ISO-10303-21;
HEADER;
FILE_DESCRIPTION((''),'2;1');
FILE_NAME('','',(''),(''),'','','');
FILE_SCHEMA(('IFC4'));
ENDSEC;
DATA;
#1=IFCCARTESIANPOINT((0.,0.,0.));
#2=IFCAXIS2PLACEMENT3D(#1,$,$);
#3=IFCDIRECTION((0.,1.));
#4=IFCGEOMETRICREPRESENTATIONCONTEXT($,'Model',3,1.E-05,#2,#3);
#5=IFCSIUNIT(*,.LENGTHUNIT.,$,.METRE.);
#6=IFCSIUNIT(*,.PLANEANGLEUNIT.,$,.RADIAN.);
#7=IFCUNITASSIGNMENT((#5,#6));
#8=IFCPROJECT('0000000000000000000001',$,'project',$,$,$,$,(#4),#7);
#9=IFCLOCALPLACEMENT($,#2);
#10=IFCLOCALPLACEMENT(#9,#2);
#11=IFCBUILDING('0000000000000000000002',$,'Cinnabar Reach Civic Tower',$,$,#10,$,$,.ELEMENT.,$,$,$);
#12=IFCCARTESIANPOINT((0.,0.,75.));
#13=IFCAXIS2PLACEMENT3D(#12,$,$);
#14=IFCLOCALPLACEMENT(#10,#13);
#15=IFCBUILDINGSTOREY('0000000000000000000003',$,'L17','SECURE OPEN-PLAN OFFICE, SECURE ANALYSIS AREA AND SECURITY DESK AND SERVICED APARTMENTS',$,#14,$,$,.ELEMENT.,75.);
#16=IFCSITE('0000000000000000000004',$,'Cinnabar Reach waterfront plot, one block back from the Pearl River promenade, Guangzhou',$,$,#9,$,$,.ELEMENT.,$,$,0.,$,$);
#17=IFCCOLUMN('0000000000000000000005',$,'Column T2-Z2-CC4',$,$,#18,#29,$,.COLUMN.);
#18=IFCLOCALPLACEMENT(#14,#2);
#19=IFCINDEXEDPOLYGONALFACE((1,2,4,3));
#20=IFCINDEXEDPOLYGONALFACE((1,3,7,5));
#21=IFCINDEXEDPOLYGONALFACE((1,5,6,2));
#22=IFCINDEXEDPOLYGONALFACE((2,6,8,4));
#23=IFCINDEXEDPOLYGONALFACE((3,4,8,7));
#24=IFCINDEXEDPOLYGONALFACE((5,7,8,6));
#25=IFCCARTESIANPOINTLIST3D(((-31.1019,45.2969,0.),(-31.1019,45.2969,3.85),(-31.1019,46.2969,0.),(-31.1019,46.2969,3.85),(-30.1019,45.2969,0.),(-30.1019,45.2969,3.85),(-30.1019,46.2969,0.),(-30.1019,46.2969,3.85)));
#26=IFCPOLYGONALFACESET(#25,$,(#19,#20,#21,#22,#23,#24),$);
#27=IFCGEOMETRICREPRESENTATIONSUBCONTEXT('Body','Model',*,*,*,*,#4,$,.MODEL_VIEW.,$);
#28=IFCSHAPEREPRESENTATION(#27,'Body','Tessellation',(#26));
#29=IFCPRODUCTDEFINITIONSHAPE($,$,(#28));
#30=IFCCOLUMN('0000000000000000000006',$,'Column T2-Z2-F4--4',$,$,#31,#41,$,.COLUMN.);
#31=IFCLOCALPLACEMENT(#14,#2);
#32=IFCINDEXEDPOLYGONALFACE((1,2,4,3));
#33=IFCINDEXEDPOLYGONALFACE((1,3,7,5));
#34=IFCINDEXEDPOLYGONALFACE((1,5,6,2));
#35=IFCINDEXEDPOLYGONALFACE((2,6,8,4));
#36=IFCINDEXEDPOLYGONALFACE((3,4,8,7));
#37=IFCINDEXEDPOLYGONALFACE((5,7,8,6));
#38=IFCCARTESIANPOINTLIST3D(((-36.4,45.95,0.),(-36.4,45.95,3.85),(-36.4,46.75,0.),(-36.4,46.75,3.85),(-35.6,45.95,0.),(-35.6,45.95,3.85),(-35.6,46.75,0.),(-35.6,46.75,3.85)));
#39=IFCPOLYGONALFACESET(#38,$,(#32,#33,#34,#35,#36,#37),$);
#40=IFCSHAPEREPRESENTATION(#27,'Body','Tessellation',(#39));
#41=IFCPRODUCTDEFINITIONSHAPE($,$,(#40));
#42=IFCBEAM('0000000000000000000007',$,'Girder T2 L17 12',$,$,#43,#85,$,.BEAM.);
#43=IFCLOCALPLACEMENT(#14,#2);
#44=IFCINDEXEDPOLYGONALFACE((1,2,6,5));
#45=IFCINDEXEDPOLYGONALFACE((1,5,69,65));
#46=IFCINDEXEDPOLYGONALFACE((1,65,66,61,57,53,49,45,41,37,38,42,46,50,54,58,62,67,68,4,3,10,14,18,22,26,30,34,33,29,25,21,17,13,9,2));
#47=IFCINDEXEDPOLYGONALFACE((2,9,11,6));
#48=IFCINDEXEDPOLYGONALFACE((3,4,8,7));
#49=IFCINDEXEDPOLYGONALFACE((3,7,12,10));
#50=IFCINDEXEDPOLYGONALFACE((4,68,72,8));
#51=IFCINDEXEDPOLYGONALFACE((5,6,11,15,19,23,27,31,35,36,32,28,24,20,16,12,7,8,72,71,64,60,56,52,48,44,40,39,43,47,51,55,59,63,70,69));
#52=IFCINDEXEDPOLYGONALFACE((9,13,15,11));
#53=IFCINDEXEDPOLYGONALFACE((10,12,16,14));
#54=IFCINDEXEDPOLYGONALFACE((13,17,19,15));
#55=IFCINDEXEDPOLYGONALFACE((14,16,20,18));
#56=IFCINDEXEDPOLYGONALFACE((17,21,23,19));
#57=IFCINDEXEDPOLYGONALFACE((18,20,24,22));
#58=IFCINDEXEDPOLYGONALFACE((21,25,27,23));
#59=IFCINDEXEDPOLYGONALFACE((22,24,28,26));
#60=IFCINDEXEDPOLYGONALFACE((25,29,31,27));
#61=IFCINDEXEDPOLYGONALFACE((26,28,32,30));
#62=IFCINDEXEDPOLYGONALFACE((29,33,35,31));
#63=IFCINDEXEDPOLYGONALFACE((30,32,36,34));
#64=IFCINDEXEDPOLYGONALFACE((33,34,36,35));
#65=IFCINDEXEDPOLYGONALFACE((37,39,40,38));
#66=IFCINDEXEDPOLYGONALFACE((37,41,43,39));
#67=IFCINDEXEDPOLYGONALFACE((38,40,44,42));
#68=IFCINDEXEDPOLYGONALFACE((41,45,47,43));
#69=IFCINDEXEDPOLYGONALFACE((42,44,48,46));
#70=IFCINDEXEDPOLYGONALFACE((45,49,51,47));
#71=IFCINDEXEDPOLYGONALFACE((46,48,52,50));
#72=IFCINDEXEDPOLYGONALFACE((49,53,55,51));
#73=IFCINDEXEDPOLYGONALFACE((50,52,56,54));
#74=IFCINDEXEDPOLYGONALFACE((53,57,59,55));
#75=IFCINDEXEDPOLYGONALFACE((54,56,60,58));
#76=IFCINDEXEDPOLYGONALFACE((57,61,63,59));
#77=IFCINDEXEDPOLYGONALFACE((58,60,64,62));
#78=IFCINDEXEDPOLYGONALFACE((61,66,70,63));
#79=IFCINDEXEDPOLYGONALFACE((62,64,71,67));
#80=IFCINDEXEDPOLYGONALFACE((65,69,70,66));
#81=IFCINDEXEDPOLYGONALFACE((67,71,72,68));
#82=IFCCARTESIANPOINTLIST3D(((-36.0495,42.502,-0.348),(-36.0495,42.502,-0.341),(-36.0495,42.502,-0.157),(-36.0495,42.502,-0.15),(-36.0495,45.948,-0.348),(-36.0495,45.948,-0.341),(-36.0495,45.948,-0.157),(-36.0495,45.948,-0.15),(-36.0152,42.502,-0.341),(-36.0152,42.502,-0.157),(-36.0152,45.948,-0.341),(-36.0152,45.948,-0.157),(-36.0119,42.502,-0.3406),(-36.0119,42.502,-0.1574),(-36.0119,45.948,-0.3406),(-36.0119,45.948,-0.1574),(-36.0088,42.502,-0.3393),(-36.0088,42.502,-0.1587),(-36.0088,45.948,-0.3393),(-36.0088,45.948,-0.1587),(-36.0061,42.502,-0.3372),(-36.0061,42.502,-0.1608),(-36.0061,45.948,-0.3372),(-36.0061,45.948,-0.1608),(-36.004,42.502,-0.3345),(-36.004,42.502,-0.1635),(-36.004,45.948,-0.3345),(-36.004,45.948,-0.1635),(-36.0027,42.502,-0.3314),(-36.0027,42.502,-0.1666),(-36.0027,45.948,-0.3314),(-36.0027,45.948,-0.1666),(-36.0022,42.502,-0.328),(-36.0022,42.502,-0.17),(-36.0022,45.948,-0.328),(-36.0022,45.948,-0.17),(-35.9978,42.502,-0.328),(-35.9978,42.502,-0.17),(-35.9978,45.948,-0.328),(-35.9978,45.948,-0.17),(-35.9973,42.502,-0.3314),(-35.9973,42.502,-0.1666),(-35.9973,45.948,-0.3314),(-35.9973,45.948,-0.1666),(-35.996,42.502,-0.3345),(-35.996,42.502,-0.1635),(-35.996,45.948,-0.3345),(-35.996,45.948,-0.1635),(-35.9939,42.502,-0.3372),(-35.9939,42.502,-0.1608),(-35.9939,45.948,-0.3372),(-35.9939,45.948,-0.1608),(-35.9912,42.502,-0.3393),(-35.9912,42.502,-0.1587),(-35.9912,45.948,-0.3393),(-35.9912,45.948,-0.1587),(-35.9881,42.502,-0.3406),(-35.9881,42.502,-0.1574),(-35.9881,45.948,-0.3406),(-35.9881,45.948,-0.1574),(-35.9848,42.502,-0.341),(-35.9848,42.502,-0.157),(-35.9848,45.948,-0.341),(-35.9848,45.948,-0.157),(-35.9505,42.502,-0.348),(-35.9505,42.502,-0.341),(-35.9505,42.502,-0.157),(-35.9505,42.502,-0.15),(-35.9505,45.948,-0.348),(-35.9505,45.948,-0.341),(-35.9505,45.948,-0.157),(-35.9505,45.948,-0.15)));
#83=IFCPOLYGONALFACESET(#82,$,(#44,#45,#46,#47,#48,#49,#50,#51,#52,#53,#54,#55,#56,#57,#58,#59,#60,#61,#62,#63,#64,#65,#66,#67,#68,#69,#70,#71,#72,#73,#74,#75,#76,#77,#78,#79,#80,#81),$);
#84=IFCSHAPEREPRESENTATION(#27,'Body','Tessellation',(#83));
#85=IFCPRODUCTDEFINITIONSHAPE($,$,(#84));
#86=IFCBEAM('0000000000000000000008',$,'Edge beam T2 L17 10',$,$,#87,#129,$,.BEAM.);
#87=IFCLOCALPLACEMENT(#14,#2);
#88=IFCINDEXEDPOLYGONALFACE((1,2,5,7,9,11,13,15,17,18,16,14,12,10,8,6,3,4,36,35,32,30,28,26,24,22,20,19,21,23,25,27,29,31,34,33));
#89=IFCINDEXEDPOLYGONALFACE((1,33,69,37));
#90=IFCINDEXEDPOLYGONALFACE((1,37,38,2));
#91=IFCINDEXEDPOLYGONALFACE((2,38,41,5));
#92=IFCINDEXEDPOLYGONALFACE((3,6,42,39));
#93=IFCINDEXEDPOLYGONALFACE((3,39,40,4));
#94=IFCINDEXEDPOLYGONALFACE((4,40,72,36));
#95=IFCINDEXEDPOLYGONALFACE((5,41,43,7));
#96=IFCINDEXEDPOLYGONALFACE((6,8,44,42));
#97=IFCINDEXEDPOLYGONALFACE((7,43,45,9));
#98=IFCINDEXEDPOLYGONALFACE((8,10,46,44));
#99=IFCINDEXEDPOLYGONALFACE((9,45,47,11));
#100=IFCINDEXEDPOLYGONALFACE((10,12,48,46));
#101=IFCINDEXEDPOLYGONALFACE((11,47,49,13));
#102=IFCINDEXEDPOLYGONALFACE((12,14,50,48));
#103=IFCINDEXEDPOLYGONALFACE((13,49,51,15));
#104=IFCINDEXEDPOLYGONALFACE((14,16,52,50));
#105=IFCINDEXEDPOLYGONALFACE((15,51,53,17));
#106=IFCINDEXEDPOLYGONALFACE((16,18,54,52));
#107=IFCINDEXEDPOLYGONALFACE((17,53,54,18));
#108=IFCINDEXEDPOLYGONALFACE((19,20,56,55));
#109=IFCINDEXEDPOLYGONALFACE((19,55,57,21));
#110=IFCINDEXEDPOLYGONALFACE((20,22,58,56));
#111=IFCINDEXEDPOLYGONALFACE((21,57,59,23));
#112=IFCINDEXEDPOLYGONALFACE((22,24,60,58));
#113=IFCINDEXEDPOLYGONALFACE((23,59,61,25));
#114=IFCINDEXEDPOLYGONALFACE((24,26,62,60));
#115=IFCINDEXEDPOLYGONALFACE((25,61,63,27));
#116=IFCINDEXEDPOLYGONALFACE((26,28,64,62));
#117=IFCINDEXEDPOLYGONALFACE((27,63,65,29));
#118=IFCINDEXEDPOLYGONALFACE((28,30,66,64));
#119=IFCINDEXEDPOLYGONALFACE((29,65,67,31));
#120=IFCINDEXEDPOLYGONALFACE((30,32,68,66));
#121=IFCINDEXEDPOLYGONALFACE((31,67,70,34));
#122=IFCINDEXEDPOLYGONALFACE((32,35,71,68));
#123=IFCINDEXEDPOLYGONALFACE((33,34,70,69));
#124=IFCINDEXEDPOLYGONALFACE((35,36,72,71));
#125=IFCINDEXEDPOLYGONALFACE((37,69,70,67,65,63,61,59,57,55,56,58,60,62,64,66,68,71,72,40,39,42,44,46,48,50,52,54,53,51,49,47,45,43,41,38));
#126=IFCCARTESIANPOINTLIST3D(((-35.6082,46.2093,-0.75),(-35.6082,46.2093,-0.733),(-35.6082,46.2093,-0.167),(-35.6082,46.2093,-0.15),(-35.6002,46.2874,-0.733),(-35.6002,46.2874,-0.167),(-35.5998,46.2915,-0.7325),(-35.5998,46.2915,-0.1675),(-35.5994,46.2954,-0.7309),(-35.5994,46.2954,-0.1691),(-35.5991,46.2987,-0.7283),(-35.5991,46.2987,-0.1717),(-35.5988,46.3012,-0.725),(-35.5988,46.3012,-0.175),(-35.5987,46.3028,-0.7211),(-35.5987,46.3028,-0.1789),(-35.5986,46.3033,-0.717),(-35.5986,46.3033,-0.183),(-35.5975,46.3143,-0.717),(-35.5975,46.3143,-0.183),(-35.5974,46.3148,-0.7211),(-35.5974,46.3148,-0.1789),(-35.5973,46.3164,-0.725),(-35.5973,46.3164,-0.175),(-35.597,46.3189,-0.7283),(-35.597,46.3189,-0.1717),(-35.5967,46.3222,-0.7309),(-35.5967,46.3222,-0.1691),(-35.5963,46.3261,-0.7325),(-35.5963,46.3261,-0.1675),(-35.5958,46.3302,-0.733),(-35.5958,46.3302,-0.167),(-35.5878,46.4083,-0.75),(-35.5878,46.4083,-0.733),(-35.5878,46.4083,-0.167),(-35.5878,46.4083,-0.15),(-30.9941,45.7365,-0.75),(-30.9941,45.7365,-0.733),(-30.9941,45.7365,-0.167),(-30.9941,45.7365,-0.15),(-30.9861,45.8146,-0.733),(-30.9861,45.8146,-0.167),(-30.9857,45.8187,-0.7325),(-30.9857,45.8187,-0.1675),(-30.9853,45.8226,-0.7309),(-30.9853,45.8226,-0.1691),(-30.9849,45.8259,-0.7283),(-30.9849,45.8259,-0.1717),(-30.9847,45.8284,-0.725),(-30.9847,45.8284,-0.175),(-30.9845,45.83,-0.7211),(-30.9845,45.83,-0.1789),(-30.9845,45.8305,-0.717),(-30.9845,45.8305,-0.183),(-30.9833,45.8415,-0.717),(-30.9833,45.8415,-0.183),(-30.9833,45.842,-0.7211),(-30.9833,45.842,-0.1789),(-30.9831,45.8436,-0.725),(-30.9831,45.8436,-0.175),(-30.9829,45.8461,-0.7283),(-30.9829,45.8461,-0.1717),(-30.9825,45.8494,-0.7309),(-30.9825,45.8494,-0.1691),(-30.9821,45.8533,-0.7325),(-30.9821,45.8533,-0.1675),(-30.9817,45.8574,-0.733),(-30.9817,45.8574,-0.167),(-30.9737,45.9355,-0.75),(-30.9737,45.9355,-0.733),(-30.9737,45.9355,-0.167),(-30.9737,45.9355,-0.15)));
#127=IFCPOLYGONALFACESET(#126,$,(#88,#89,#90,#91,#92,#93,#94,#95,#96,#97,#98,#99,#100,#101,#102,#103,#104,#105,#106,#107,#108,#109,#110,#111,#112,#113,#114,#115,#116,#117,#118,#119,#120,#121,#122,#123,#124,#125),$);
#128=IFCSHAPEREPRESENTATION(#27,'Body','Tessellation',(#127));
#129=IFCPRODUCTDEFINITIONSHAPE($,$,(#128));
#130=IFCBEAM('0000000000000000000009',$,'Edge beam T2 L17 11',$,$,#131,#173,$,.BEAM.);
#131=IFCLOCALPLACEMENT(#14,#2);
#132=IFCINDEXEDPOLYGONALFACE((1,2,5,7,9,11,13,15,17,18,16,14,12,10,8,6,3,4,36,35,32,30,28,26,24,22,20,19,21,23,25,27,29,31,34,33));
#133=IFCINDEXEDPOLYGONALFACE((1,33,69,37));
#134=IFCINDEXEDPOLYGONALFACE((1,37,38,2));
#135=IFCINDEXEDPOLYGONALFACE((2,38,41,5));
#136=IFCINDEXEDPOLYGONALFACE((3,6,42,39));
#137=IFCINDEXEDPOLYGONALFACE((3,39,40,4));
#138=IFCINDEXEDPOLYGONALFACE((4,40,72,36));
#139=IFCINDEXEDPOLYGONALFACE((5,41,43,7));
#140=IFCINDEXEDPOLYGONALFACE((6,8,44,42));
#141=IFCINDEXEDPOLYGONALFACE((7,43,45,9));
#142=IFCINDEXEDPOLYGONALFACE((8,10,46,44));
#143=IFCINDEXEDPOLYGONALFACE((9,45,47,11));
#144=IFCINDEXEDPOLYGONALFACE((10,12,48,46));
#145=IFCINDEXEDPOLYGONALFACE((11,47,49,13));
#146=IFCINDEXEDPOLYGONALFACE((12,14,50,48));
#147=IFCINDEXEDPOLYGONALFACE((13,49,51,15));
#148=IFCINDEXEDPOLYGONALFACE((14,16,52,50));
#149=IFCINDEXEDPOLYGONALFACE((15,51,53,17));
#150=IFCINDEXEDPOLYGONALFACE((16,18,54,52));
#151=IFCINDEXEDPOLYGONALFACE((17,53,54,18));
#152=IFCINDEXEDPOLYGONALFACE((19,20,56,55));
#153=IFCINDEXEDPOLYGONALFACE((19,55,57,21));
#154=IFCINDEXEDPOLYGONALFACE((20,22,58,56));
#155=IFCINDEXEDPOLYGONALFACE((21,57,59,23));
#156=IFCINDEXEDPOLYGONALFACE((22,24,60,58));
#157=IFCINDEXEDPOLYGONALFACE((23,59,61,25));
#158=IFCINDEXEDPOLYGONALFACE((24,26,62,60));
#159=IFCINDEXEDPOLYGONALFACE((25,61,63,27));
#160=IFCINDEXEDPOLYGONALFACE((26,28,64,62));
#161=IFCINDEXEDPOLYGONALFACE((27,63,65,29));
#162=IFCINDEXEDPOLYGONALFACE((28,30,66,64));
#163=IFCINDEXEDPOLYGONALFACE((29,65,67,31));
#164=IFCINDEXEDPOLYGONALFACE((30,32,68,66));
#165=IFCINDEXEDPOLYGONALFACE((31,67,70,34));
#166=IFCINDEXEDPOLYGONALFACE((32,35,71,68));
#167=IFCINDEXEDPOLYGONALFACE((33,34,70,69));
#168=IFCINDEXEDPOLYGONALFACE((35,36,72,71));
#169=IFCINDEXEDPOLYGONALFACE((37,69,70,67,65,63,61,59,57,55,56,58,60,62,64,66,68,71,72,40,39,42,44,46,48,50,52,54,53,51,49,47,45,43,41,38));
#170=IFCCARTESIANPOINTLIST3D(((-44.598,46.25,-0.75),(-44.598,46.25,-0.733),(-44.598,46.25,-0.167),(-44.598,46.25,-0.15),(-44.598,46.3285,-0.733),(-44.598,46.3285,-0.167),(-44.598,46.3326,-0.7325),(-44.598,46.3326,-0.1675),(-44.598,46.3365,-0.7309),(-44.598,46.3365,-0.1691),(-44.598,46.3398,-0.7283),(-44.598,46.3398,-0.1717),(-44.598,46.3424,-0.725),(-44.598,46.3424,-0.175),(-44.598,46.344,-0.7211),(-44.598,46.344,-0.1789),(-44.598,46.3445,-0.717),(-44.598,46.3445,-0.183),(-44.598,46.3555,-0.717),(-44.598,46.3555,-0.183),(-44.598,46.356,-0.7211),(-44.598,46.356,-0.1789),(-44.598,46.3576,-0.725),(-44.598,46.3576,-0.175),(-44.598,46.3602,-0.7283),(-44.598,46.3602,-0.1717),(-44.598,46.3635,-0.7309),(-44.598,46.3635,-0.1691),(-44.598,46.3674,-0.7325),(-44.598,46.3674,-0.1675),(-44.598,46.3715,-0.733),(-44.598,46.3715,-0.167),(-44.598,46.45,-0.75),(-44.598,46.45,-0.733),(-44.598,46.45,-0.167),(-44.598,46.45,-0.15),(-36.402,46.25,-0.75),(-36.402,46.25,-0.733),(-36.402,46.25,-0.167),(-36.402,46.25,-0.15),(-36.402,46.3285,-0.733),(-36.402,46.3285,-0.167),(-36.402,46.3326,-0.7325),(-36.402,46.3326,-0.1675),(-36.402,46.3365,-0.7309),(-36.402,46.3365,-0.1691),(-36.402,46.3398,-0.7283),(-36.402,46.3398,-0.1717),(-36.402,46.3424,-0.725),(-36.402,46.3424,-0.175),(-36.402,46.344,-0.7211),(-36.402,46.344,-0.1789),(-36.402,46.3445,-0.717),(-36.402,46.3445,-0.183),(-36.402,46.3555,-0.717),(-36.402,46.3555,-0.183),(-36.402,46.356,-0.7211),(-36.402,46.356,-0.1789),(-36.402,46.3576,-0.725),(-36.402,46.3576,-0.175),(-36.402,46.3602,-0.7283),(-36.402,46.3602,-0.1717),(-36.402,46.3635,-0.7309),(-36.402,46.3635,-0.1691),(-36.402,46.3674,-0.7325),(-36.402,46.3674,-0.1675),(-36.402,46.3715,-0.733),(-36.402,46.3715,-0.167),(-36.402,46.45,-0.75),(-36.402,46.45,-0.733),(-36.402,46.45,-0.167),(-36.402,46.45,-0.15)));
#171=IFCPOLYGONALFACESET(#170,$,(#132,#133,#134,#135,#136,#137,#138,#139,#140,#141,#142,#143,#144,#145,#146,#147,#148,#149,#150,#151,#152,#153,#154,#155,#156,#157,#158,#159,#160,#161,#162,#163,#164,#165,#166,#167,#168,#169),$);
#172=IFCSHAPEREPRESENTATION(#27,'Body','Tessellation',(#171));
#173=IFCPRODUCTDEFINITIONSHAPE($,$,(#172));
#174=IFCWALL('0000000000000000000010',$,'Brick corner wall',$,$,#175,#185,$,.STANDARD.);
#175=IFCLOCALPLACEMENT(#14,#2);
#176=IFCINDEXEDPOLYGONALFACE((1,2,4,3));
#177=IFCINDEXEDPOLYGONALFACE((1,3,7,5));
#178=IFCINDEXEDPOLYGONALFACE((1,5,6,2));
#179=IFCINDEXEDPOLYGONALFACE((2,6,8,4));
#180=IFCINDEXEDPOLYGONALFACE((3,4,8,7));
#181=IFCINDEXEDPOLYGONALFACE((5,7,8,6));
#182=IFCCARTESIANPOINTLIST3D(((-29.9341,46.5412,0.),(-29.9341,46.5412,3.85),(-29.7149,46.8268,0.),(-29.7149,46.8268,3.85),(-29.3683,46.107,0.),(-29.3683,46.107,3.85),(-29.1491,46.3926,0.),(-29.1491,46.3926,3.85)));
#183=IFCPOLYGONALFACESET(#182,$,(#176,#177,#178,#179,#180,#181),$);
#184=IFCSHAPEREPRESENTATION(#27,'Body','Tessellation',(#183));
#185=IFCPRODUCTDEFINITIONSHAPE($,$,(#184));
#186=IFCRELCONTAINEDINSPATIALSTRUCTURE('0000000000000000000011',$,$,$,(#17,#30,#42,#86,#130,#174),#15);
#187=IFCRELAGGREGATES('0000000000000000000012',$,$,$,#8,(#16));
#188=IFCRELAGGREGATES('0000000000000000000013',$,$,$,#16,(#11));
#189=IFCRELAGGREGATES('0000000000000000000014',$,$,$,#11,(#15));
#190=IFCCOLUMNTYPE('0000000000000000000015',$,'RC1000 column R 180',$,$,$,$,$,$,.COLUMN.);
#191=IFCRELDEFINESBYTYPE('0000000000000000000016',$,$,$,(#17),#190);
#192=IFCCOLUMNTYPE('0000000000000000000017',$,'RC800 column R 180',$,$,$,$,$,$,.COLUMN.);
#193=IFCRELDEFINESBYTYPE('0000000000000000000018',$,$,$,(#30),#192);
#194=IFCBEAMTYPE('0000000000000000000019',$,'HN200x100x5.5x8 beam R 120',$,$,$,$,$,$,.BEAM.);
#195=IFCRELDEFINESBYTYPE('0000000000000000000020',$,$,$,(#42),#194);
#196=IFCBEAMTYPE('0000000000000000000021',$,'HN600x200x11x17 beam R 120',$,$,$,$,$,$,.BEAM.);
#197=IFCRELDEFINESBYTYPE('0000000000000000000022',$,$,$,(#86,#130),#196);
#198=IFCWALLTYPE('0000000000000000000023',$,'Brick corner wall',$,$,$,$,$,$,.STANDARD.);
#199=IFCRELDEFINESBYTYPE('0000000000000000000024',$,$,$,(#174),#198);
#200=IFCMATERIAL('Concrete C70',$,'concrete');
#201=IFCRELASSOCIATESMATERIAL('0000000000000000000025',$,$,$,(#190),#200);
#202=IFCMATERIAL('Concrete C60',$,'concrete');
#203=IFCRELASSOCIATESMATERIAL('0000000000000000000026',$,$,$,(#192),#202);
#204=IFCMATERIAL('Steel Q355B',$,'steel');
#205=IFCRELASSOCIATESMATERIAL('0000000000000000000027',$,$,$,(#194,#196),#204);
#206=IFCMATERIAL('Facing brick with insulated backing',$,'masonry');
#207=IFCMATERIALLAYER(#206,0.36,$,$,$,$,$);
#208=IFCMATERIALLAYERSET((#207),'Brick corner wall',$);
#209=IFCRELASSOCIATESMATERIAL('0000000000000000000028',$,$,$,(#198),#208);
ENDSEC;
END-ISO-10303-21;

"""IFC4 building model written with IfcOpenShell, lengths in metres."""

from ifc_helpers import new_model, si_unit, direction, frame, frame_2d, origin, origin_2d, place, context, subcontext, project, spatial, rectangle, i_section, extrude, material, layer, layer_set, material_profile, profile_set, type_object, element, save


model = new_model("IFC4")

# Units and contexts
model_context = context("Model", 3, precision=1e-05, world=origin(), true_north=direction((0.0, 1.0)))
body_context = subcontext(model_context, "Body", "Model", "MODEL_VIEW")
ifc_project = project(units=[si_unit("LENGTHUNIT", "METRE"), si_unit("PLANEANGLEUNIT", "RADIAN")], contexts=[model_context])

# Site, building, storey
site_placement = place(None, origin())
site = spatial("IfcSite", under=ifc_project, at=site_placement, Name="Cinnabar Reach waterfront plot, one block back from the Pearl River promenade, Guangzhou", CompositionType="ELEMENT", RefElevation=0.0)
building_placement = place(site_placement, origin())
building = spatial("IfcBuilding", under=site, at=building_placement, Name="Cinnabar Reach Civic Tower", CompositionType="ELEMENT")
storey_placement = place(building_placement, frame((0.0, 0.0, 75.0)))
storey = spatial("IfcBuildingStorey", under=building, at=storey_placement, Name="L17", Description="SECURE OPEN-PLAN OFFICE, SECURE ANALYSIS AREA AND SECURITY DESK AND SERVICED APARTMENTS", CompositionType="ELEMENT", Elevation=75.0)

# Columns
ifc_material_1 = material(Name="Concrete C70", Category="concrete")
ifc_material_profile_1 = material_profile(ifc_material_1, rectangle(XDim=1.0, YDim=1.0, at=origin_2d()), Name="RC1000")
ifc_profile_set_1 = profile_set([ifc_material_profile_1], Name="Concrete C70")
column_type_1 = type_object("IfcColumnType", Name="RC1000 column R 180", PredefinedType="COLUMN", material=ifc_profile_set_1)
column_1_placement = place(storey_placement, frame((-30.6019, 45.7969, 0.0), z_axis=(0.0, 0.0, 1.0), x_axis=(1.0, 0.0, 0.0)))
element("IfcColumn", 1, at=column_1_placement, inside=storey, type_object=column_type_1, Name="Column T2-Z2-CC4", PredefinedType="COLUMN", context=body_context, shape_type="SweptSolid", body=[
    extrude(rectangle(XDim=1.0, YDim=1.0, at=origin_2d()), origin(), (0.0, 0.0, 1.0), 3.85),
])
ifc_material_2 = material(Name="Concrete C60", Category="concrete")
ifc_material_profile_2 = material_profile(ifc_material_2, rectangle(XDim=0.8, YDim=0.8, at=origin_2d()), Name="RC800")
ifc_profile_set_2 = profile_set([ifc_material_profile_2], Name="Concrete C60")
column_type_2 = type_object("IfcColumnType", Name="RC800 column R 180", PredefinedType="COLUMN", material=ifc_profile_set_2)
column_2_placement = place(storey_placement, frame((-36.0, 46.35, 0.0), z_axis=(0.0, 0.0, 1.0), x_axis=(1.0, 0.0, 0.0)))
element("IfcColumn", 2, at=column_2_placement, inside=storey, type_object=column_type_2, Name="Column T2-Z2-F4--4", PredefinedType="COLUMN", context=body_context, shape_type="SweptSolid", body=[
    extrude(rectangle(XDim=0.8, YDim=0.8, at=origin_2d()), origin(), (0.0, 0.0, 1.0), 3.85),
])

# Beams
ifc_material_3 = material(Name="Steel Q355B", Category="steel")
ifc_material_profile_3 = material_profile(ifc_material_3, i_section(OverallWidth=0.099, OverallDepth=0.198, WebThickness=0.0045, FlangeThickness=0.007, FilletRadius=0.013, at=origin_2d()), Name="HN200x100x5.5x8")
ifc_profile_set_3 = profile_set([ifc_material_profile_3], Name="Steel Q355B")
beam_type_1 = type_object("IfcBeamType", Name="HN200x100x5.5x8 beam R 120", PredefinedType="BEAM", material=ifc_profile_set_3)
beam_1_placement = place(storey_placement, frame((-36.0, 42.502, -0.249), z_axis=(0.0, 1.0, 0.0), x_axis=(-1.0, 0.0, 0.0)))
element("IfcBeam", 3, at=beam_1_placement, inside=storey, type_object=beam_type_1, Name="Girder T2 L17 12", PredefinedType="BEAM", context=body_context, shape_type="SweptSolid", body=[
    extrude(i_section(OverallWidth=0.099, OverallDepth=0.198, WebThickness=0.0045, FlangeThickness=0.007, FilletRadius=0.013, at=origin_2d()), origin(), (0.0, 0.0, 1.0), 3.446),
])
ifc_material_profile_4 = material_profile(ifc_material_3, i_section(OverallWidth=0.2, OverallDepth=0.6, WebThickness=0.011, FlangeThickness=0.017, FilletRadius=0.016, at=origin_2d()), Name="HN600x200x11x17")
ifc_profile_set_4 = profile_set([ifc_material_profile_4], Name="Steel Q355B")
beam_type_2 = type_object("IfcBeamType", Name="HN600x200x11x17 beam R 120", PredefinedType="BEAM", material=ifc_profile_set_4)
beam_2_placement = place(storey_placement, frame((-30.9839, 45.836, -0.45), z_axis=(-0.994791, 0.101935, 0.0), x_axis=(-0.101935, -0.994791, 0.0)))
element("IfcBeam", 4, at=beam_2_placement, inside=storey, type_object=beam_type_2, Name="Edge beam T2 L17 10", PredefinedType="BEAM", context=body_context, shape_type="SweptSolid", body=[
    extrude(i_section(OverallWidth=0.2, OverallDepth=0.6, WebThickness=0.011, FlangeThickness=0.017, FilletRadius=0.016, at=origin_2d()), origin(), (0.0, 0.0, 1.0), 4.6383),
])
beam_3_placement = place(storey_placement, frame((-36.402, 46.35, -0.45), z_axis=(-1.0, 0.0, 0.0), x_axis=(0.0, -1.0, 0.0)))
element("IfcBeam", 5, at=beam_3_placement, inside=storey, type_object=beam_type_2, Name="Edge beam T2 L17 11", PredefinedType="BEAM", context=body_context, shape_type="SweptSolid", body=[
    extrude(i_section(OverallWidth=0.2, OverallDepth=0.6, WebThickness=0.011, FlangeThickness=0.017, FilletRadius=0.016, at=origin_2d()), origin(), (0.0, 0.0, 1.0), 8.196),
])

# Wall
ifc_material_4 = material(Name="Facing brick with insulated backing", Category="masonry")
ifc_layer_1 = layer(ifc_material_4, 0.36)
ifc_layer_set_1 = layer_set([ifc_layer_1], Name="Brick corner wall")
wall_type_1 = type_object("IfcWallType", Name="Brick corner wall", PredefinedType="STANDARD", material=ifc_layer_set_1)
wall_1_placement = place(storey_placement, frame((-29.2587, 46.2498, 0.0), z_axis=(0.0, 0.0, 1.0), x_axis=(-0.793322, 0.608802, 0.0)))
element("IfcWall", 6, at=wall_1_placement, inside=storey, type_object=wall_type_1, Name="Brick corner wall", PredefinedType="STANDARD", context=body_context, shape_type="SweptSolid", body=[
    extrude(rectangle(XDim=0.7132, YDim=0.36, at=frame_2d((0.3566, 0.0))), origin(), (0.0, 0.0, 1.0), 3.85),
])

save(model, "model.ifc")
